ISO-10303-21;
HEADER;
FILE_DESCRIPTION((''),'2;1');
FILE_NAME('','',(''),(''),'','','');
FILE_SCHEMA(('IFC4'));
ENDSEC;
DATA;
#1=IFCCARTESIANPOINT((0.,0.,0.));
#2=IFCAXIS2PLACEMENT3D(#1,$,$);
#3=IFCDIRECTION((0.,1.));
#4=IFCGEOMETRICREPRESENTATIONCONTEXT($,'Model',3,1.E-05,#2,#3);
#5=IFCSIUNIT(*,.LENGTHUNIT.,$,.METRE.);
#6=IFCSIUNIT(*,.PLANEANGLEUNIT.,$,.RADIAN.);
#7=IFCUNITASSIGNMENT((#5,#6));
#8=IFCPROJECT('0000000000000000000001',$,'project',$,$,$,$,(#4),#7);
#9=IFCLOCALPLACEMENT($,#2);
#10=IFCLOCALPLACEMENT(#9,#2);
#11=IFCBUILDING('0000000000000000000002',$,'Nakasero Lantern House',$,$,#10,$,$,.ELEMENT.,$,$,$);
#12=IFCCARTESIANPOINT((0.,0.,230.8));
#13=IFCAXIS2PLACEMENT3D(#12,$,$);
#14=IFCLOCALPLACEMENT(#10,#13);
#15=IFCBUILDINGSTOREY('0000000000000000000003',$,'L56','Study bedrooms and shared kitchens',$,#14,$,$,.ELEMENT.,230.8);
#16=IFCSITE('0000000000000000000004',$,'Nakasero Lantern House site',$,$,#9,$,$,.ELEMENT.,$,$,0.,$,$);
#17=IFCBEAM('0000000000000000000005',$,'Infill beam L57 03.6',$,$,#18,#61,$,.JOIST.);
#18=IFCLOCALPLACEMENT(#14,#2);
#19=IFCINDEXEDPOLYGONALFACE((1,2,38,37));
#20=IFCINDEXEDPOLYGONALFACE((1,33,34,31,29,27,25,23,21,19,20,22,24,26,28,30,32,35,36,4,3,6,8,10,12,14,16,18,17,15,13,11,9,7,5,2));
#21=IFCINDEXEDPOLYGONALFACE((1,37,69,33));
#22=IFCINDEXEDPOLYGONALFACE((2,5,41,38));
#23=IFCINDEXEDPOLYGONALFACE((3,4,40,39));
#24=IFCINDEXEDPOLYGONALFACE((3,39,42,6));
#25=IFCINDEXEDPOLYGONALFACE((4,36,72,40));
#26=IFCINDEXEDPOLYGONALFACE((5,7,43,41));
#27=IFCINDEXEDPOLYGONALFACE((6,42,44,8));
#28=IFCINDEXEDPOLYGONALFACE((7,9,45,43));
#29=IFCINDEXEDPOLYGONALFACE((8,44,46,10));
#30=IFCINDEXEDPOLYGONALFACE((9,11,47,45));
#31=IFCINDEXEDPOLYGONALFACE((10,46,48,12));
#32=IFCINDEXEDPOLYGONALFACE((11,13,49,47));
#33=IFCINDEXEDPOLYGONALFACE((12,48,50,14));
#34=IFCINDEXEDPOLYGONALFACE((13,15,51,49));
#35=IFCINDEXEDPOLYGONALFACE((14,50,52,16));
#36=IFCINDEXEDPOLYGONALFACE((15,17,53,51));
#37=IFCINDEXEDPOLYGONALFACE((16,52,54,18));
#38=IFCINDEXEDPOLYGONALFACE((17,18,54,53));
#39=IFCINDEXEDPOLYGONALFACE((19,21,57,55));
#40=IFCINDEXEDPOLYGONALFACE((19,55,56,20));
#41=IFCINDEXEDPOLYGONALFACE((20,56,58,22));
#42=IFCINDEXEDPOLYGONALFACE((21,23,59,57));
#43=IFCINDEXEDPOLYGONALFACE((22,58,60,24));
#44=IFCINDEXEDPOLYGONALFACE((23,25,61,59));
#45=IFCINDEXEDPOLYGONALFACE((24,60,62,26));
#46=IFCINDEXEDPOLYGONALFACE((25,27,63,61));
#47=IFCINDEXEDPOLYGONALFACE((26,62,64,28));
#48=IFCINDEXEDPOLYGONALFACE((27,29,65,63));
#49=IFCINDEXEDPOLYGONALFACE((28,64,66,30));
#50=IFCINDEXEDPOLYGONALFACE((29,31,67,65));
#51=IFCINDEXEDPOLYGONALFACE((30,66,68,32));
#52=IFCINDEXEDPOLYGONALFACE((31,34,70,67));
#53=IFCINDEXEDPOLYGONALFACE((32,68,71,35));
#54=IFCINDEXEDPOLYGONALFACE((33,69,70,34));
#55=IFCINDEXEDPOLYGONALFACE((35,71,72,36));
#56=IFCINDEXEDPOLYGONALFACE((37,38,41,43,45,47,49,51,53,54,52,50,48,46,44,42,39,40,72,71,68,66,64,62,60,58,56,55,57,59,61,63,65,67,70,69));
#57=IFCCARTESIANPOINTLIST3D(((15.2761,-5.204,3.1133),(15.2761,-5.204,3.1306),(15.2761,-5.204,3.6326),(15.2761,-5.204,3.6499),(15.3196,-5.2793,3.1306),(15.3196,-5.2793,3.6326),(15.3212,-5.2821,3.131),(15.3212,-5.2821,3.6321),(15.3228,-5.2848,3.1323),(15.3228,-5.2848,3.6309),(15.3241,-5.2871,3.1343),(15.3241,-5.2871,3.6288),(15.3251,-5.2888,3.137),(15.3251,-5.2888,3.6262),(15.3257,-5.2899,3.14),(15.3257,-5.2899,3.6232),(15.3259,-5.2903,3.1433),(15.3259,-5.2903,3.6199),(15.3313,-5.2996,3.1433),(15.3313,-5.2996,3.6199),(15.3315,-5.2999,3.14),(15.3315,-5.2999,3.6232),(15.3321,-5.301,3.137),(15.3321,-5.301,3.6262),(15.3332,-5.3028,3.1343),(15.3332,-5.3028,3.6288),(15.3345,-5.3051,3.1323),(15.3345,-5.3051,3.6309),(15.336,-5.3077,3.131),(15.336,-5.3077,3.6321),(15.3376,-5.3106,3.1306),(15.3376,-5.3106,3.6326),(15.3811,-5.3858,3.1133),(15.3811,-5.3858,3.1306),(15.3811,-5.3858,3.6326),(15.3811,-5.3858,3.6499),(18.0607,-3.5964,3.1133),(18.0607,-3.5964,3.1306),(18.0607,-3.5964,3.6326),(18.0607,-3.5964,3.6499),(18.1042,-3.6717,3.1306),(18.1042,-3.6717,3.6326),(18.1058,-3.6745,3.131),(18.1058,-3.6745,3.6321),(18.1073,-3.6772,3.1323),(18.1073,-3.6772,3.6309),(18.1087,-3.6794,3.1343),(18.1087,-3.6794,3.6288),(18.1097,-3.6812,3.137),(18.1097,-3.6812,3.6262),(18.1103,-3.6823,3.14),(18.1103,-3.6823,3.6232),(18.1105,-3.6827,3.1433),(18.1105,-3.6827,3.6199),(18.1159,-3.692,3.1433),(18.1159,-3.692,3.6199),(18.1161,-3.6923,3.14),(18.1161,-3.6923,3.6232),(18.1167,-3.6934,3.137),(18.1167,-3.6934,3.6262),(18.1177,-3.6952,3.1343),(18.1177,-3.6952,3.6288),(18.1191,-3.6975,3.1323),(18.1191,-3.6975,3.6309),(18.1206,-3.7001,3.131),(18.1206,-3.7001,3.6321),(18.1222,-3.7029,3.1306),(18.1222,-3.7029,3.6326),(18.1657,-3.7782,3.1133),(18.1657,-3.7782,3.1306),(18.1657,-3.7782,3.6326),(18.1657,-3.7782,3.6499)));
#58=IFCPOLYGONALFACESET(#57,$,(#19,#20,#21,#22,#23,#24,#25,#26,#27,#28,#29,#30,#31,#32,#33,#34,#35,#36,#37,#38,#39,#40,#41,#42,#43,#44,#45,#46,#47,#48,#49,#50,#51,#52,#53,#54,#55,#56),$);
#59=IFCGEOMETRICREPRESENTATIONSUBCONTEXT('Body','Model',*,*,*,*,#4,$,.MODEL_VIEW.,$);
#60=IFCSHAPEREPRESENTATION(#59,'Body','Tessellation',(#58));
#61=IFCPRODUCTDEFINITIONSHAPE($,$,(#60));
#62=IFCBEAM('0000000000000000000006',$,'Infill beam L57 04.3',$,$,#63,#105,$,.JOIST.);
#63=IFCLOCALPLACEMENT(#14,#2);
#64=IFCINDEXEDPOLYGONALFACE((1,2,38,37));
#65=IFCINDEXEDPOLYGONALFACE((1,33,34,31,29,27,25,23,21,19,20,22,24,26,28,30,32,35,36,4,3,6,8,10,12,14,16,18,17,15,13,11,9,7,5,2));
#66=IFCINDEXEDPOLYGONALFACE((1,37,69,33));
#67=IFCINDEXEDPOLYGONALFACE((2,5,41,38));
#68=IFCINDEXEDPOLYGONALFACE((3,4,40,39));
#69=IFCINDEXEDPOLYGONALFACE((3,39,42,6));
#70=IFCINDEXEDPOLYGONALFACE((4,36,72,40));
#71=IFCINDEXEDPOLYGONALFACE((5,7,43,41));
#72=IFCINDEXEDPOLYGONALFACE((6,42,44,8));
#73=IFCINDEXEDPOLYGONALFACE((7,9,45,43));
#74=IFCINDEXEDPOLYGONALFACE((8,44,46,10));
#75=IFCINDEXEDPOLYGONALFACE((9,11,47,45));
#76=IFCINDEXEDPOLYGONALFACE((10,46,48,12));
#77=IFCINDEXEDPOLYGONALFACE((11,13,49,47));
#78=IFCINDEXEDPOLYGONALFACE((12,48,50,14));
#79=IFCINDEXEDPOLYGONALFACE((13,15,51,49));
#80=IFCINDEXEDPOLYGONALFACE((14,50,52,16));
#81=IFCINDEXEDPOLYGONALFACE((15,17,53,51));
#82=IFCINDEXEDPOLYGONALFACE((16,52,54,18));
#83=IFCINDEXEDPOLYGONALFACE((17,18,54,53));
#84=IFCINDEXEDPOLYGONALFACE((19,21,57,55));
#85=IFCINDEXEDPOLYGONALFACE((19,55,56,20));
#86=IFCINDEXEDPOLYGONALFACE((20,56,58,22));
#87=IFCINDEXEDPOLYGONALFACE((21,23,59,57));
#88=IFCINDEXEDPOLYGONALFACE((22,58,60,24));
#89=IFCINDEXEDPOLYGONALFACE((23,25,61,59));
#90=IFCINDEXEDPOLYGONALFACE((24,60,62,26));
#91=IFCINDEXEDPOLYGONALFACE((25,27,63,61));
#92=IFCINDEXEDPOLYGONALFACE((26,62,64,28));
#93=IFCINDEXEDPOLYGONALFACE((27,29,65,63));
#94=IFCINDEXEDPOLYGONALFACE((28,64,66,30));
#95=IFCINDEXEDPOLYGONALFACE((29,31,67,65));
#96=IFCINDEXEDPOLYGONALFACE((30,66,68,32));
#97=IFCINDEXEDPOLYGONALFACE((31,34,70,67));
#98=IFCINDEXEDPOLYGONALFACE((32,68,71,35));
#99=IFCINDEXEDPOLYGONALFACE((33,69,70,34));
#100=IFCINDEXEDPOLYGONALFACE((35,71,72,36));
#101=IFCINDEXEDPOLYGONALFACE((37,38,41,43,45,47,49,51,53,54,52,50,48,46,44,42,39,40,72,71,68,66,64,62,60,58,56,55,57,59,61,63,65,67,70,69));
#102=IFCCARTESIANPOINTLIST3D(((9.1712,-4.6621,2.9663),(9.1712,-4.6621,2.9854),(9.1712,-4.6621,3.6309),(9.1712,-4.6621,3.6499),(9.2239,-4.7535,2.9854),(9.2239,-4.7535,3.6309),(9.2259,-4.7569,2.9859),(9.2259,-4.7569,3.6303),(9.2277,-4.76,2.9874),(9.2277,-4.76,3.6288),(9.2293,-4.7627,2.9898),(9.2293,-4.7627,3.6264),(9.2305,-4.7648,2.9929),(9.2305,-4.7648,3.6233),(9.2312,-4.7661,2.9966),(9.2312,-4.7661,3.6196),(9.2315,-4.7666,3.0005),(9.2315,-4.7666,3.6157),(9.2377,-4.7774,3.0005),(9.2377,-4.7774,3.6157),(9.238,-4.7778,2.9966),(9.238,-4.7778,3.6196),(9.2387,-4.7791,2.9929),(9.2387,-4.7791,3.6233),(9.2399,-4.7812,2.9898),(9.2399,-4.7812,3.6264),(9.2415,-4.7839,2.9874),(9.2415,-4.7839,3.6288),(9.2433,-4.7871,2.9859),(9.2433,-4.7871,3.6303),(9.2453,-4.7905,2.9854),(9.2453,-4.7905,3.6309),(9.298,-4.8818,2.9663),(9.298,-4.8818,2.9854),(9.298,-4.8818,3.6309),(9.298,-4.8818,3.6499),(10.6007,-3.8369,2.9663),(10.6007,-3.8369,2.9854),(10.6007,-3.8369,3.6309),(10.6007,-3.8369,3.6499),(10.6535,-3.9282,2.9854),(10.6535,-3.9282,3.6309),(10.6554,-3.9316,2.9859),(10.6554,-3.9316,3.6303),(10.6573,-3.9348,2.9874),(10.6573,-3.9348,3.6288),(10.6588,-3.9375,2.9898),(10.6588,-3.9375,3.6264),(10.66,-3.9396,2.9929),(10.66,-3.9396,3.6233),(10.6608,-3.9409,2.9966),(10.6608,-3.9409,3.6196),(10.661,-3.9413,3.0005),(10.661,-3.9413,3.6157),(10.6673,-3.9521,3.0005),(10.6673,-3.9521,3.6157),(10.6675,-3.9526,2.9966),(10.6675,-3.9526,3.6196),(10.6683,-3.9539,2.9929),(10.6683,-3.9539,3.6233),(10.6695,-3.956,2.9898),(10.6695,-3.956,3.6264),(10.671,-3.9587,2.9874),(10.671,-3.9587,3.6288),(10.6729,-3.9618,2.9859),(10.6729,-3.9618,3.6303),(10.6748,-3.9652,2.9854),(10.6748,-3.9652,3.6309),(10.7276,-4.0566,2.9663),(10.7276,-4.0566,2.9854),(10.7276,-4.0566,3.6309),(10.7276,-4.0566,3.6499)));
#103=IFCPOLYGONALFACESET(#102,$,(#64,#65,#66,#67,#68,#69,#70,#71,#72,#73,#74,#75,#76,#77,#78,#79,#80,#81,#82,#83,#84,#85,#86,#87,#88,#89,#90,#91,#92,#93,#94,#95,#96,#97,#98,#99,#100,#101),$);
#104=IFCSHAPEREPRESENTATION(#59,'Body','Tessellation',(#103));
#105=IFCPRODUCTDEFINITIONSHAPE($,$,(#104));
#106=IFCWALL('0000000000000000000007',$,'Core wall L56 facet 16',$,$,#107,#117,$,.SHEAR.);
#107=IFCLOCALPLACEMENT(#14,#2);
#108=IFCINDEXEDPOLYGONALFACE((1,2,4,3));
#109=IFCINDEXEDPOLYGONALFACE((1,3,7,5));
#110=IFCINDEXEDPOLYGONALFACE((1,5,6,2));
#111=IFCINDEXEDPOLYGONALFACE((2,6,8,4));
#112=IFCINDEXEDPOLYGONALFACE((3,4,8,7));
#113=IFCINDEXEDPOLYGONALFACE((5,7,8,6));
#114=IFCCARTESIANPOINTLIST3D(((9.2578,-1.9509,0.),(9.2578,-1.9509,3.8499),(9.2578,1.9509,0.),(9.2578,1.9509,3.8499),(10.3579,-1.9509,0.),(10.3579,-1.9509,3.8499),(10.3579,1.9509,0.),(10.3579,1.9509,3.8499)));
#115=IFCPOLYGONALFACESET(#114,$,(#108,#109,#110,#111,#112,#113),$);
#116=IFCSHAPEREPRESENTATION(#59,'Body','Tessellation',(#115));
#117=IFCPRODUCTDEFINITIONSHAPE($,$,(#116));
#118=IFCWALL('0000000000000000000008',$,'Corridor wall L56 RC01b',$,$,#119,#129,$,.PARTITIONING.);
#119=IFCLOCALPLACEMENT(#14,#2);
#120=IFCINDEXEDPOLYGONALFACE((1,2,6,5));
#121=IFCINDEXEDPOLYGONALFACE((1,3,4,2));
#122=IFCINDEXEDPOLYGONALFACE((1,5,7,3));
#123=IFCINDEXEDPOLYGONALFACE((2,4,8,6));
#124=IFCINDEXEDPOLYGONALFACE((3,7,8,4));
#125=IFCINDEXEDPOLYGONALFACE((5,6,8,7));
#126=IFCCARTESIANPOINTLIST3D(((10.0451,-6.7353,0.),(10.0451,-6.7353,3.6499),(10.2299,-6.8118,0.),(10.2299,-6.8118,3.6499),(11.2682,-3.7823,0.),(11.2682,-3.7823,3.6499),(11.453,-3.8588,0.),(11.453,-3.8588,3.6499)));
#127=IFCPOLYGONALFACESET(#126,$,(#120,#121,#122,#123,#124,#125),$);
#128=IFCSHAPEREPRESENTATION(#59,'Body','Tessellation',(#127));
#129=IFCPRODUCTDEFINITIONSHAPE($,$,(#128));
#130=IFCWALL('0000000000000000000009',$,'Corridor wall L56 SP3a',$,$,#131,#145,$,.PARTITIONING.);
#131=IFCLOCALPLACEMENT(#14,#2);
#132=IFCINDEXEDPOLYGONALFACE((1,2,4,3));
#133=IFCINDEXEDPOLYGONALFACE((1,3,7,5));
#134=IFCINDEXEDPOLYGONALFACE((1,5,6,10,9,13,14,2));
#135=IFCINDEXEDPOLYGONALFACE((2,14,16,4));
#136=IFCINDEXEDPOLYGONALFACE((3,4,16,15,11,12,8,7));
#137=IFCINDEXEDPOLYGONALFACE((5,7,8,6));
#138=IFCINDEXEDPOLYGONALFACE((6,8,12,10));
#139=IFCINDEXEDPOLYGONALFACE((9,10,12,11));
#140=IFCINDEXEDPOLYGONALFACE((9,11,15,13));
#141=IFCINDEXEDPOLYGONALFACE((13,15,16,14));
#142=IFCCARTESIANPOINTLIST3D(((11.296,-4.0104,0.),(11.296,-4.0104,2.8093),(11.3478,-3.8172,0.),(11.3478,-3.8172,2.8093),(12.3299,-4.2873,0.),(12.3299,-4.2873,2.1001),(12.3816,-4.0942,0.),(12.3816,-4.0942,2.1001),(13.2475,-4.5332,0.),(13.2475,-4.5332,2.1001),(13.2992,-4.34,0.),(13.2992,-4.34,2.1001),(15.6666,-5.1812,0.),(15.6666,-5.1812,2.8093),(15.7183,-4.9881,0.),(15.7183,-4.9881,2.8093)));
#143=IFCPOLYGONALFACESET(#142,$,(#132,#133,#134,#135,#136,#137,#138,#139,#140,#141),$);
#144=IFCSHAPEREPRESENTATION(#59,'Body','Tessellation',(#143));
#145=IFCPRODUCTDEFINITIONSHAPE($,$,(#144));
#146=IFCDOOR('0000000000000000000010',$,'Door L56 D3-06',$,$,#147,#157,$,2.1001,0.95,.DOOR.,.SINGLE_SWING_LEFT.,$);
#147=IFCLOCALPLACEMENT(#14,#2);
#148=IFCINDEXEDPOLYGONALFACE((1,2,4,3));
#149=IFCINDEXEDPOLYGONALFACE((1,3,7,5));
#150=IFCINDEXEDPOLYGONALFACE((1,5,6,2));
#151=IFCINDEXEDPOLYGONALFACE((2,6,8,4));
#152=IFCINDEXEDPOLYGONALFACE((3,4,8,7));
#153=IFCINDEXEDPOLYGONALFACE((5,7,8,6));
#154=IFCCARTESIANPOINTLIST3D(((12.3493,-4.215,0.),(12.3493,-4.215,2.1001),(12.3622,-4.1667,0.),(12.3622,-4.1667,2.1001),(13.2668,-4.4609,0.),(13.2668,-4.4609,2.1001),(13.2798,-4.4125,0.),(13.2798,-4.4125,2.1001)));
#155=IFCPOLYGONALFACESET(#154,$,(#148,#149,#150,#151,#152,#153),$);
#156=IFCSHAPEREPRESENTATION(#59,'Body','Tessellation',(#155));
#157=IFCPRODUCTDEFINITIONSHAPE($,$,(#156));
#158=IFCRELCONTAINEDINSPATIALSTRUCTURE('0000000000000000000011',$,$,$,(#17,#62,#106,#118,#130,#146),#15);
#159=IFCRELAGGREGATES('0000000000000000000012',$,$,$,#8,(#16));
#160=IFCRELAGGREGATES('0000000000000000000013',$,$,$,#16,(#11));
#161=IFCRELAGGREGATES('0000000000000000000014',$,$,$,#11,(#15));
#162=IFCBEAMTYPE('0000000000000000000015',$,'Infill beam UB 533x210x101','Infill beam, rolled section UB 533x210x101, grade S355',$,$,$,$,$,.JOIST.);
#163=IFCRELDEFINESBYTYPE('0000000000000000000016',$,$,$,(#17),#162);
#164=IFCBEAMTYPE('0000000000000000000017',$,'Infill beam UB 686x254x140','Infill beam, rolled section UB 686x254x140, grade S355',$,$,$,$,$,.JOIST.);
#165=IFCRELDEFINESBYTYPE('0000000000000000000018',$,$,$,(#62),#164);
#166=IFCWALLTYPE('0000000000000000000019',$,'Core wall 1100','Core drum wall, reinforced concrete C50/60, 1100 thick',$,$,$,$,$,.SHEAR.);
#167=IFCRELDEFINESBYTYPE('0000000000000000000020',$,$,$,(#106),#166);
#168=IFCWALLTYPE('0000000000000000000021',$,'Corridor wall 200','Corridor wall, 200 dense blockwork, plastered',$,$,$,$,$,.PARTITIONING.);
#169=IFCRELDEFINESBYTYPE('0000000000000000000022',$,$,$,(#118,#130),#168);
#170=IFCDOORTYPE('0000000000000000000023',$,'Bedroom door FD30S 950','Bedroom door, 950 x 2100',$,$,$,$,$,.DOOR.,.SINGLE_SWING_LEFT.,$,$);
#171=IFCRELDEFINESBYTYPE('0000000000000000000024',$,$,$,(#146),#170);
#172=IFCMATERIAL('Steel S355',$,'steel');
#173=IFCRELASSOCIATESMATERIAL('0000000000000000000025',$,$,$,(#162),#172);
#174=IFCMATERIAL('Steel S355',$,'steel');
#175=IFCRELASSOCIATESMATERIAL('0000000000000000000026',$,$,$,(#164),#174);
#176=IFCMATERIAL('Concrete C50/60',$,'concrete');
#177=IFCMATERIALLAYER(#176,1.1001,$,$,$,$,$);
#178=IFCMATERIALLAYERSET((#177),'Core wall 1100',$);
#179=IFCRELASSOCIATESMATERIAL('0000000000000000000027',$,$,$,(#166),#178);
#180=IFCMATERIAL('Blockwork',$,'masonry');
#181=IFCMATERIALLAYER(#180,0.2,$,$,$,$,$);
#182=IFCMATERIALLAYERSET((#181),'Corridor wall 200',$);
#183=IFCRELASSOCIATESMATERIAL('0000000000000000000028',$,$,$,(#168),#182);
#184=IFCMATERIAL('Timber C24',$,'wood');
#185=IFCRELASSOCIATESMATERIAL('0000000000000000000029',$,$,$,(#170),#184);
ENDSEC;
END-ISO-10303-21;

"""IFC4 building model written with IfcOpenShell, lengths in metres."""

from ifc_helpers import new_model, si_unit, direction, frame, frame_2d, origin, origin_2d, place, context, subcontext, project, spatial, rectangle, i_section, extrude, material, layer, layer_set, material_profile, profile_set, type_object, element, fill, save


model = new_model("IFC4")

# Units and contexts
model_context = context("Model", 3, precision=1e-05, world=origin(), true_north=direction((0.0, 1.0)))
body_context = subcontext(model_context, "Body", "Model", "MODEL_VIEW")
ifc_project = project(units=[si_unit("LENGTHUNIT", "METRE"), si_unit("PLANEANGLEUNIT", "RADIAN")], contexts=[model_context])

# Site, building, storey
site_placement = place(None, origin())
site = spatial("IfcSite", under=ifc_project, at=site_placement, Name="Nakasero Lantern House site", CompositionType="ELEMENT", RefElevation=0.0)
building_placement = place(site_placement, origin())
building = spatial("IfcBuilding", under=site, at=building_placement, Name="Nakasero Lantern House", CompositionType="ELEMENT")
storey_placement = place(building_placement, frame((0.0, 0.0, 230.8)))
storey = spatial("IfcBuildingStorey", under=building, at=storey_placement, Name="L56", Description="Study bedrooms and shared kitchens", CompositionType="ELEMENT", Elevation=230.8)

# Beams
ifc_material_1 = material(Name="Steel S355", Category="steel")
ifc_material_profile_1 = material_profile(ifc_material_1, i_section(OverallWidth=0.21, OverallDepth=0.5366, WebThickness=0.0107, FlangeThickness=0.0173, FilletRadius=0.0127, at=origin_2d()), Name="UB 533x210x101")
ifc_profile_set_1 = profile_set([ifc_material_profile_1], Name="Steel S355")
beam_type_1 = type_object("IfcBeamType", Name="Infill beam UB 533x210x101", Description="Infill beam, rolled section UB 533x210x101, grade S355", PredefinedType="JOIST", material=ifc_profile_set_1)
beam_1_placement = place(storey_placement, frame((15.3286, -5.2949, 3.3816), z_axis=(0.866034, 0.499985, 0.0), x_axis=(-0.499985, 0.866034, 0.0)))
element("IfcBeam", 1, at=beam_1_placement, inside=storey, type_object=beam_type_1, Name="Infill beam L57 03.6", PredefinedType="JOIST", context=body_context, shape_type="SweptSolid", body=[
    extrude(i_section(OverallWidth=0.21, OverallDepth=0.5366, WebThickness=0.0107, FlangeThickness=0.0173, FilletRadius=0.0127, at=origin_2d()), origin(), (0.0, 0.0, 1.0), 3.2153),
])
ifc_material_2 = material(Name="Steel S355", Category="steel")
ifc_material_profile_2 = material_profile(ifc_material_2, i_section(OverallWidth=0.2537, OverallDepth=0.6836, WebThickness=0.0125, FlangeThickness=0.019, FilletRadius=0.0151, at=origin_2d()), Name="UB 686x254x140")
ifc_profile_set_2 = profile_set([ifc_material_profile_2], Name="Steel S355")
beam_type_2 = type_object("IfcBeamType", Name="Infill beam UB 686x254x140", Description="Infill beam, rolled section UB 686x254x140, grade S355", PredefinedType="JOIST", material=ifc_profile_set_2)
beam_2_placement = place(storey_placement, frame((9.2346, -4.772, 3.3081), z_axis=(0.86605, 0.499957, 0.0), x_axis=(-0.499957, 0.86605, 0.0)))
element("IfcBeam", 2, at=beam_2_placement, inside=storey, type_object=beam_type_2, Name="Infill beam L57 04.3", PredefinedType="JOIST", context=body_context, shape_type="SweptSolid", body=[
    extrude(i_section(OverallWidth=0.2537, OverallDepth=0.6836, WebThickness=0.0125, FlangeThickness=0.019, FilletRadius=0.0151, at=origin_2d()), origin(), (0.0, 0.0, 1.0), 1.6506),
])

# Walls
ifc_material_3 = material(Name="Concrete C50/60", Category="concrete")
ifc_layer_1 = layer(ifc_material_3, 1.1001)
ifc_layer_set_1 = layer_set([ifc_layer_1], Name="Core wall 1100")
wall_type_1 = type_object("IfcWallType", Name="Core wall 1100", Description="Core drum wall, reinforced concrete C50/60, 1100 thick", PredefinedType="SHEAR", material=ifc_layer_set_1)
wall_1_placement = place(storey_placement, frame((9.8079, -1.9509, 0.0), z_axis=(0.0, 0.0, 1.0), x_axis=(0.0, 1.0, 0.0)))
element("IfcWall", 3, at=wall_1_placement, inside=storey, type_object=wall_type_1, Name="Core wall L56 facet 16", PredefinedType="SHEAR", context=body_context, shape_type="SweptSolid", body=[
    extrude(rectangle(XDim=3.9019, YDim=1.1001, at=frame_2d((1.9509, 0.0))), origin(), (0.0, 0.0, 1.0), 3.8499),
])
ifc_material_4 = material(Name="Blockwork", Category="masonry")
ifc_layer_2 = layer(ifc_material_4, 0.2)
ifc_layer_set_2 = layer_set([ifc_layer_2], Name="Corridor wall 200")
wall_type_2 = type_object("IfcWallType", Name="Corridor wall 200", Description="Corridor wall, 200 dense blockwork, plastered", PredefinedType="PARTITIONING", material=ifc_layer_set_2)
wall_2_placement = place(storey_placement, frame((11.3606, -3.8206, 0.0), z_axis=(0.0, 0.0, 1.0), x_axis=(-0.382662, -0.923888, 0.0)))
element("IfcWall", 4, at=wall_2_placement, inside=storey, type_object=wall_type_2, Name="Corridor wall L56 RC01b", PredefinedType="PARTITIONING", context=body_context, shape_type="SweptSolid", body=[
    extrude(rectangle(XDim=3.1963, YDim=0.2, at=frame_2d((1.5981, 0.0))), origin(), (0.0, 0.0, 1.0), 3.6499),
])

# Wall, opening, door
wall_3_placement = place(storey_placement, frame((11.322, -3.9138, 0.0), z_axis=(0.0, 0.0, 1.0), x_axis=(0.965937, -0.258777, 0.0)))
wall_3 = element("IfcWall", 5, at=wall_3_placement, inside=storey, type_object=wall_type_2, Name="Corridor wall L56 SP3a", PredefinedType="PARTITIONING", context=body_context, shape_type="SweptSolid", body=[
    extrude(rectangle(XDim=4.5247, YDim=0.2, at=frame_2d((2.2622, 0.0))), origin(), (0.0, 0.0, 1.0), 2.8093),
])
opening_1_placement = place(wall_3_placement, frame((1.0701, 0.0, 0.0)))
opening_1 = element("IfcOpeningElement", 6, at=opening_1_placement, cuts=wall_3, PredefinedType="OPENING", context=body_context, shape_type="SweptSolid", body=[
    extrude(rectangle(XDim=0.95, YDim=2.1001, at=frame_2d((0.4751, 1.05))), frame((0.0, 0.1199, 0.0), z_axis=(0.0, -1.0, 0.0), x_axis=(1.0, 0.0, 0.0)), (0.0, 0.0, 1.0), 0.24),
])
ifc_material_5 = material(Name="Timber C24", Category="wood")
door_type_1 = type_object("IfcDoorType", Name="Bedroom door FD30S 950", Description="Bedroom door, 950 x 2100", OperationType="SINGLE_SWING_LEFT", PredefinedType="DOOR", material=ifc_material_5)
door_1_placement = place(opening_1_placement, origin())
door_1 = element("IfcDoor", 7, at=door_1_placement, inside=storey, type_object=door_type_1, Name="Door L56 D3-06", OperationType="SINGLE_SWING_LEFT", OverallHeight=2.1001, OverallWidth=0.95, PredefinedType="DOOR", context=body_context, shape_type="SweptSolid", body=[
    extrude(rectangle(XDim=0.95, YDim=2.1001, at=frame_2d((0.4751, 1.05))), frame((0.0, 0.0249, 0.0), z_axis=(0.0, -1.0, 0.0), x_axis=(1.0, 0.0, 0.0)), (0.0, 0.0, 1.0), 0.05),
])
fill(opening_1, door_1)

save(model, "model.ifc")
